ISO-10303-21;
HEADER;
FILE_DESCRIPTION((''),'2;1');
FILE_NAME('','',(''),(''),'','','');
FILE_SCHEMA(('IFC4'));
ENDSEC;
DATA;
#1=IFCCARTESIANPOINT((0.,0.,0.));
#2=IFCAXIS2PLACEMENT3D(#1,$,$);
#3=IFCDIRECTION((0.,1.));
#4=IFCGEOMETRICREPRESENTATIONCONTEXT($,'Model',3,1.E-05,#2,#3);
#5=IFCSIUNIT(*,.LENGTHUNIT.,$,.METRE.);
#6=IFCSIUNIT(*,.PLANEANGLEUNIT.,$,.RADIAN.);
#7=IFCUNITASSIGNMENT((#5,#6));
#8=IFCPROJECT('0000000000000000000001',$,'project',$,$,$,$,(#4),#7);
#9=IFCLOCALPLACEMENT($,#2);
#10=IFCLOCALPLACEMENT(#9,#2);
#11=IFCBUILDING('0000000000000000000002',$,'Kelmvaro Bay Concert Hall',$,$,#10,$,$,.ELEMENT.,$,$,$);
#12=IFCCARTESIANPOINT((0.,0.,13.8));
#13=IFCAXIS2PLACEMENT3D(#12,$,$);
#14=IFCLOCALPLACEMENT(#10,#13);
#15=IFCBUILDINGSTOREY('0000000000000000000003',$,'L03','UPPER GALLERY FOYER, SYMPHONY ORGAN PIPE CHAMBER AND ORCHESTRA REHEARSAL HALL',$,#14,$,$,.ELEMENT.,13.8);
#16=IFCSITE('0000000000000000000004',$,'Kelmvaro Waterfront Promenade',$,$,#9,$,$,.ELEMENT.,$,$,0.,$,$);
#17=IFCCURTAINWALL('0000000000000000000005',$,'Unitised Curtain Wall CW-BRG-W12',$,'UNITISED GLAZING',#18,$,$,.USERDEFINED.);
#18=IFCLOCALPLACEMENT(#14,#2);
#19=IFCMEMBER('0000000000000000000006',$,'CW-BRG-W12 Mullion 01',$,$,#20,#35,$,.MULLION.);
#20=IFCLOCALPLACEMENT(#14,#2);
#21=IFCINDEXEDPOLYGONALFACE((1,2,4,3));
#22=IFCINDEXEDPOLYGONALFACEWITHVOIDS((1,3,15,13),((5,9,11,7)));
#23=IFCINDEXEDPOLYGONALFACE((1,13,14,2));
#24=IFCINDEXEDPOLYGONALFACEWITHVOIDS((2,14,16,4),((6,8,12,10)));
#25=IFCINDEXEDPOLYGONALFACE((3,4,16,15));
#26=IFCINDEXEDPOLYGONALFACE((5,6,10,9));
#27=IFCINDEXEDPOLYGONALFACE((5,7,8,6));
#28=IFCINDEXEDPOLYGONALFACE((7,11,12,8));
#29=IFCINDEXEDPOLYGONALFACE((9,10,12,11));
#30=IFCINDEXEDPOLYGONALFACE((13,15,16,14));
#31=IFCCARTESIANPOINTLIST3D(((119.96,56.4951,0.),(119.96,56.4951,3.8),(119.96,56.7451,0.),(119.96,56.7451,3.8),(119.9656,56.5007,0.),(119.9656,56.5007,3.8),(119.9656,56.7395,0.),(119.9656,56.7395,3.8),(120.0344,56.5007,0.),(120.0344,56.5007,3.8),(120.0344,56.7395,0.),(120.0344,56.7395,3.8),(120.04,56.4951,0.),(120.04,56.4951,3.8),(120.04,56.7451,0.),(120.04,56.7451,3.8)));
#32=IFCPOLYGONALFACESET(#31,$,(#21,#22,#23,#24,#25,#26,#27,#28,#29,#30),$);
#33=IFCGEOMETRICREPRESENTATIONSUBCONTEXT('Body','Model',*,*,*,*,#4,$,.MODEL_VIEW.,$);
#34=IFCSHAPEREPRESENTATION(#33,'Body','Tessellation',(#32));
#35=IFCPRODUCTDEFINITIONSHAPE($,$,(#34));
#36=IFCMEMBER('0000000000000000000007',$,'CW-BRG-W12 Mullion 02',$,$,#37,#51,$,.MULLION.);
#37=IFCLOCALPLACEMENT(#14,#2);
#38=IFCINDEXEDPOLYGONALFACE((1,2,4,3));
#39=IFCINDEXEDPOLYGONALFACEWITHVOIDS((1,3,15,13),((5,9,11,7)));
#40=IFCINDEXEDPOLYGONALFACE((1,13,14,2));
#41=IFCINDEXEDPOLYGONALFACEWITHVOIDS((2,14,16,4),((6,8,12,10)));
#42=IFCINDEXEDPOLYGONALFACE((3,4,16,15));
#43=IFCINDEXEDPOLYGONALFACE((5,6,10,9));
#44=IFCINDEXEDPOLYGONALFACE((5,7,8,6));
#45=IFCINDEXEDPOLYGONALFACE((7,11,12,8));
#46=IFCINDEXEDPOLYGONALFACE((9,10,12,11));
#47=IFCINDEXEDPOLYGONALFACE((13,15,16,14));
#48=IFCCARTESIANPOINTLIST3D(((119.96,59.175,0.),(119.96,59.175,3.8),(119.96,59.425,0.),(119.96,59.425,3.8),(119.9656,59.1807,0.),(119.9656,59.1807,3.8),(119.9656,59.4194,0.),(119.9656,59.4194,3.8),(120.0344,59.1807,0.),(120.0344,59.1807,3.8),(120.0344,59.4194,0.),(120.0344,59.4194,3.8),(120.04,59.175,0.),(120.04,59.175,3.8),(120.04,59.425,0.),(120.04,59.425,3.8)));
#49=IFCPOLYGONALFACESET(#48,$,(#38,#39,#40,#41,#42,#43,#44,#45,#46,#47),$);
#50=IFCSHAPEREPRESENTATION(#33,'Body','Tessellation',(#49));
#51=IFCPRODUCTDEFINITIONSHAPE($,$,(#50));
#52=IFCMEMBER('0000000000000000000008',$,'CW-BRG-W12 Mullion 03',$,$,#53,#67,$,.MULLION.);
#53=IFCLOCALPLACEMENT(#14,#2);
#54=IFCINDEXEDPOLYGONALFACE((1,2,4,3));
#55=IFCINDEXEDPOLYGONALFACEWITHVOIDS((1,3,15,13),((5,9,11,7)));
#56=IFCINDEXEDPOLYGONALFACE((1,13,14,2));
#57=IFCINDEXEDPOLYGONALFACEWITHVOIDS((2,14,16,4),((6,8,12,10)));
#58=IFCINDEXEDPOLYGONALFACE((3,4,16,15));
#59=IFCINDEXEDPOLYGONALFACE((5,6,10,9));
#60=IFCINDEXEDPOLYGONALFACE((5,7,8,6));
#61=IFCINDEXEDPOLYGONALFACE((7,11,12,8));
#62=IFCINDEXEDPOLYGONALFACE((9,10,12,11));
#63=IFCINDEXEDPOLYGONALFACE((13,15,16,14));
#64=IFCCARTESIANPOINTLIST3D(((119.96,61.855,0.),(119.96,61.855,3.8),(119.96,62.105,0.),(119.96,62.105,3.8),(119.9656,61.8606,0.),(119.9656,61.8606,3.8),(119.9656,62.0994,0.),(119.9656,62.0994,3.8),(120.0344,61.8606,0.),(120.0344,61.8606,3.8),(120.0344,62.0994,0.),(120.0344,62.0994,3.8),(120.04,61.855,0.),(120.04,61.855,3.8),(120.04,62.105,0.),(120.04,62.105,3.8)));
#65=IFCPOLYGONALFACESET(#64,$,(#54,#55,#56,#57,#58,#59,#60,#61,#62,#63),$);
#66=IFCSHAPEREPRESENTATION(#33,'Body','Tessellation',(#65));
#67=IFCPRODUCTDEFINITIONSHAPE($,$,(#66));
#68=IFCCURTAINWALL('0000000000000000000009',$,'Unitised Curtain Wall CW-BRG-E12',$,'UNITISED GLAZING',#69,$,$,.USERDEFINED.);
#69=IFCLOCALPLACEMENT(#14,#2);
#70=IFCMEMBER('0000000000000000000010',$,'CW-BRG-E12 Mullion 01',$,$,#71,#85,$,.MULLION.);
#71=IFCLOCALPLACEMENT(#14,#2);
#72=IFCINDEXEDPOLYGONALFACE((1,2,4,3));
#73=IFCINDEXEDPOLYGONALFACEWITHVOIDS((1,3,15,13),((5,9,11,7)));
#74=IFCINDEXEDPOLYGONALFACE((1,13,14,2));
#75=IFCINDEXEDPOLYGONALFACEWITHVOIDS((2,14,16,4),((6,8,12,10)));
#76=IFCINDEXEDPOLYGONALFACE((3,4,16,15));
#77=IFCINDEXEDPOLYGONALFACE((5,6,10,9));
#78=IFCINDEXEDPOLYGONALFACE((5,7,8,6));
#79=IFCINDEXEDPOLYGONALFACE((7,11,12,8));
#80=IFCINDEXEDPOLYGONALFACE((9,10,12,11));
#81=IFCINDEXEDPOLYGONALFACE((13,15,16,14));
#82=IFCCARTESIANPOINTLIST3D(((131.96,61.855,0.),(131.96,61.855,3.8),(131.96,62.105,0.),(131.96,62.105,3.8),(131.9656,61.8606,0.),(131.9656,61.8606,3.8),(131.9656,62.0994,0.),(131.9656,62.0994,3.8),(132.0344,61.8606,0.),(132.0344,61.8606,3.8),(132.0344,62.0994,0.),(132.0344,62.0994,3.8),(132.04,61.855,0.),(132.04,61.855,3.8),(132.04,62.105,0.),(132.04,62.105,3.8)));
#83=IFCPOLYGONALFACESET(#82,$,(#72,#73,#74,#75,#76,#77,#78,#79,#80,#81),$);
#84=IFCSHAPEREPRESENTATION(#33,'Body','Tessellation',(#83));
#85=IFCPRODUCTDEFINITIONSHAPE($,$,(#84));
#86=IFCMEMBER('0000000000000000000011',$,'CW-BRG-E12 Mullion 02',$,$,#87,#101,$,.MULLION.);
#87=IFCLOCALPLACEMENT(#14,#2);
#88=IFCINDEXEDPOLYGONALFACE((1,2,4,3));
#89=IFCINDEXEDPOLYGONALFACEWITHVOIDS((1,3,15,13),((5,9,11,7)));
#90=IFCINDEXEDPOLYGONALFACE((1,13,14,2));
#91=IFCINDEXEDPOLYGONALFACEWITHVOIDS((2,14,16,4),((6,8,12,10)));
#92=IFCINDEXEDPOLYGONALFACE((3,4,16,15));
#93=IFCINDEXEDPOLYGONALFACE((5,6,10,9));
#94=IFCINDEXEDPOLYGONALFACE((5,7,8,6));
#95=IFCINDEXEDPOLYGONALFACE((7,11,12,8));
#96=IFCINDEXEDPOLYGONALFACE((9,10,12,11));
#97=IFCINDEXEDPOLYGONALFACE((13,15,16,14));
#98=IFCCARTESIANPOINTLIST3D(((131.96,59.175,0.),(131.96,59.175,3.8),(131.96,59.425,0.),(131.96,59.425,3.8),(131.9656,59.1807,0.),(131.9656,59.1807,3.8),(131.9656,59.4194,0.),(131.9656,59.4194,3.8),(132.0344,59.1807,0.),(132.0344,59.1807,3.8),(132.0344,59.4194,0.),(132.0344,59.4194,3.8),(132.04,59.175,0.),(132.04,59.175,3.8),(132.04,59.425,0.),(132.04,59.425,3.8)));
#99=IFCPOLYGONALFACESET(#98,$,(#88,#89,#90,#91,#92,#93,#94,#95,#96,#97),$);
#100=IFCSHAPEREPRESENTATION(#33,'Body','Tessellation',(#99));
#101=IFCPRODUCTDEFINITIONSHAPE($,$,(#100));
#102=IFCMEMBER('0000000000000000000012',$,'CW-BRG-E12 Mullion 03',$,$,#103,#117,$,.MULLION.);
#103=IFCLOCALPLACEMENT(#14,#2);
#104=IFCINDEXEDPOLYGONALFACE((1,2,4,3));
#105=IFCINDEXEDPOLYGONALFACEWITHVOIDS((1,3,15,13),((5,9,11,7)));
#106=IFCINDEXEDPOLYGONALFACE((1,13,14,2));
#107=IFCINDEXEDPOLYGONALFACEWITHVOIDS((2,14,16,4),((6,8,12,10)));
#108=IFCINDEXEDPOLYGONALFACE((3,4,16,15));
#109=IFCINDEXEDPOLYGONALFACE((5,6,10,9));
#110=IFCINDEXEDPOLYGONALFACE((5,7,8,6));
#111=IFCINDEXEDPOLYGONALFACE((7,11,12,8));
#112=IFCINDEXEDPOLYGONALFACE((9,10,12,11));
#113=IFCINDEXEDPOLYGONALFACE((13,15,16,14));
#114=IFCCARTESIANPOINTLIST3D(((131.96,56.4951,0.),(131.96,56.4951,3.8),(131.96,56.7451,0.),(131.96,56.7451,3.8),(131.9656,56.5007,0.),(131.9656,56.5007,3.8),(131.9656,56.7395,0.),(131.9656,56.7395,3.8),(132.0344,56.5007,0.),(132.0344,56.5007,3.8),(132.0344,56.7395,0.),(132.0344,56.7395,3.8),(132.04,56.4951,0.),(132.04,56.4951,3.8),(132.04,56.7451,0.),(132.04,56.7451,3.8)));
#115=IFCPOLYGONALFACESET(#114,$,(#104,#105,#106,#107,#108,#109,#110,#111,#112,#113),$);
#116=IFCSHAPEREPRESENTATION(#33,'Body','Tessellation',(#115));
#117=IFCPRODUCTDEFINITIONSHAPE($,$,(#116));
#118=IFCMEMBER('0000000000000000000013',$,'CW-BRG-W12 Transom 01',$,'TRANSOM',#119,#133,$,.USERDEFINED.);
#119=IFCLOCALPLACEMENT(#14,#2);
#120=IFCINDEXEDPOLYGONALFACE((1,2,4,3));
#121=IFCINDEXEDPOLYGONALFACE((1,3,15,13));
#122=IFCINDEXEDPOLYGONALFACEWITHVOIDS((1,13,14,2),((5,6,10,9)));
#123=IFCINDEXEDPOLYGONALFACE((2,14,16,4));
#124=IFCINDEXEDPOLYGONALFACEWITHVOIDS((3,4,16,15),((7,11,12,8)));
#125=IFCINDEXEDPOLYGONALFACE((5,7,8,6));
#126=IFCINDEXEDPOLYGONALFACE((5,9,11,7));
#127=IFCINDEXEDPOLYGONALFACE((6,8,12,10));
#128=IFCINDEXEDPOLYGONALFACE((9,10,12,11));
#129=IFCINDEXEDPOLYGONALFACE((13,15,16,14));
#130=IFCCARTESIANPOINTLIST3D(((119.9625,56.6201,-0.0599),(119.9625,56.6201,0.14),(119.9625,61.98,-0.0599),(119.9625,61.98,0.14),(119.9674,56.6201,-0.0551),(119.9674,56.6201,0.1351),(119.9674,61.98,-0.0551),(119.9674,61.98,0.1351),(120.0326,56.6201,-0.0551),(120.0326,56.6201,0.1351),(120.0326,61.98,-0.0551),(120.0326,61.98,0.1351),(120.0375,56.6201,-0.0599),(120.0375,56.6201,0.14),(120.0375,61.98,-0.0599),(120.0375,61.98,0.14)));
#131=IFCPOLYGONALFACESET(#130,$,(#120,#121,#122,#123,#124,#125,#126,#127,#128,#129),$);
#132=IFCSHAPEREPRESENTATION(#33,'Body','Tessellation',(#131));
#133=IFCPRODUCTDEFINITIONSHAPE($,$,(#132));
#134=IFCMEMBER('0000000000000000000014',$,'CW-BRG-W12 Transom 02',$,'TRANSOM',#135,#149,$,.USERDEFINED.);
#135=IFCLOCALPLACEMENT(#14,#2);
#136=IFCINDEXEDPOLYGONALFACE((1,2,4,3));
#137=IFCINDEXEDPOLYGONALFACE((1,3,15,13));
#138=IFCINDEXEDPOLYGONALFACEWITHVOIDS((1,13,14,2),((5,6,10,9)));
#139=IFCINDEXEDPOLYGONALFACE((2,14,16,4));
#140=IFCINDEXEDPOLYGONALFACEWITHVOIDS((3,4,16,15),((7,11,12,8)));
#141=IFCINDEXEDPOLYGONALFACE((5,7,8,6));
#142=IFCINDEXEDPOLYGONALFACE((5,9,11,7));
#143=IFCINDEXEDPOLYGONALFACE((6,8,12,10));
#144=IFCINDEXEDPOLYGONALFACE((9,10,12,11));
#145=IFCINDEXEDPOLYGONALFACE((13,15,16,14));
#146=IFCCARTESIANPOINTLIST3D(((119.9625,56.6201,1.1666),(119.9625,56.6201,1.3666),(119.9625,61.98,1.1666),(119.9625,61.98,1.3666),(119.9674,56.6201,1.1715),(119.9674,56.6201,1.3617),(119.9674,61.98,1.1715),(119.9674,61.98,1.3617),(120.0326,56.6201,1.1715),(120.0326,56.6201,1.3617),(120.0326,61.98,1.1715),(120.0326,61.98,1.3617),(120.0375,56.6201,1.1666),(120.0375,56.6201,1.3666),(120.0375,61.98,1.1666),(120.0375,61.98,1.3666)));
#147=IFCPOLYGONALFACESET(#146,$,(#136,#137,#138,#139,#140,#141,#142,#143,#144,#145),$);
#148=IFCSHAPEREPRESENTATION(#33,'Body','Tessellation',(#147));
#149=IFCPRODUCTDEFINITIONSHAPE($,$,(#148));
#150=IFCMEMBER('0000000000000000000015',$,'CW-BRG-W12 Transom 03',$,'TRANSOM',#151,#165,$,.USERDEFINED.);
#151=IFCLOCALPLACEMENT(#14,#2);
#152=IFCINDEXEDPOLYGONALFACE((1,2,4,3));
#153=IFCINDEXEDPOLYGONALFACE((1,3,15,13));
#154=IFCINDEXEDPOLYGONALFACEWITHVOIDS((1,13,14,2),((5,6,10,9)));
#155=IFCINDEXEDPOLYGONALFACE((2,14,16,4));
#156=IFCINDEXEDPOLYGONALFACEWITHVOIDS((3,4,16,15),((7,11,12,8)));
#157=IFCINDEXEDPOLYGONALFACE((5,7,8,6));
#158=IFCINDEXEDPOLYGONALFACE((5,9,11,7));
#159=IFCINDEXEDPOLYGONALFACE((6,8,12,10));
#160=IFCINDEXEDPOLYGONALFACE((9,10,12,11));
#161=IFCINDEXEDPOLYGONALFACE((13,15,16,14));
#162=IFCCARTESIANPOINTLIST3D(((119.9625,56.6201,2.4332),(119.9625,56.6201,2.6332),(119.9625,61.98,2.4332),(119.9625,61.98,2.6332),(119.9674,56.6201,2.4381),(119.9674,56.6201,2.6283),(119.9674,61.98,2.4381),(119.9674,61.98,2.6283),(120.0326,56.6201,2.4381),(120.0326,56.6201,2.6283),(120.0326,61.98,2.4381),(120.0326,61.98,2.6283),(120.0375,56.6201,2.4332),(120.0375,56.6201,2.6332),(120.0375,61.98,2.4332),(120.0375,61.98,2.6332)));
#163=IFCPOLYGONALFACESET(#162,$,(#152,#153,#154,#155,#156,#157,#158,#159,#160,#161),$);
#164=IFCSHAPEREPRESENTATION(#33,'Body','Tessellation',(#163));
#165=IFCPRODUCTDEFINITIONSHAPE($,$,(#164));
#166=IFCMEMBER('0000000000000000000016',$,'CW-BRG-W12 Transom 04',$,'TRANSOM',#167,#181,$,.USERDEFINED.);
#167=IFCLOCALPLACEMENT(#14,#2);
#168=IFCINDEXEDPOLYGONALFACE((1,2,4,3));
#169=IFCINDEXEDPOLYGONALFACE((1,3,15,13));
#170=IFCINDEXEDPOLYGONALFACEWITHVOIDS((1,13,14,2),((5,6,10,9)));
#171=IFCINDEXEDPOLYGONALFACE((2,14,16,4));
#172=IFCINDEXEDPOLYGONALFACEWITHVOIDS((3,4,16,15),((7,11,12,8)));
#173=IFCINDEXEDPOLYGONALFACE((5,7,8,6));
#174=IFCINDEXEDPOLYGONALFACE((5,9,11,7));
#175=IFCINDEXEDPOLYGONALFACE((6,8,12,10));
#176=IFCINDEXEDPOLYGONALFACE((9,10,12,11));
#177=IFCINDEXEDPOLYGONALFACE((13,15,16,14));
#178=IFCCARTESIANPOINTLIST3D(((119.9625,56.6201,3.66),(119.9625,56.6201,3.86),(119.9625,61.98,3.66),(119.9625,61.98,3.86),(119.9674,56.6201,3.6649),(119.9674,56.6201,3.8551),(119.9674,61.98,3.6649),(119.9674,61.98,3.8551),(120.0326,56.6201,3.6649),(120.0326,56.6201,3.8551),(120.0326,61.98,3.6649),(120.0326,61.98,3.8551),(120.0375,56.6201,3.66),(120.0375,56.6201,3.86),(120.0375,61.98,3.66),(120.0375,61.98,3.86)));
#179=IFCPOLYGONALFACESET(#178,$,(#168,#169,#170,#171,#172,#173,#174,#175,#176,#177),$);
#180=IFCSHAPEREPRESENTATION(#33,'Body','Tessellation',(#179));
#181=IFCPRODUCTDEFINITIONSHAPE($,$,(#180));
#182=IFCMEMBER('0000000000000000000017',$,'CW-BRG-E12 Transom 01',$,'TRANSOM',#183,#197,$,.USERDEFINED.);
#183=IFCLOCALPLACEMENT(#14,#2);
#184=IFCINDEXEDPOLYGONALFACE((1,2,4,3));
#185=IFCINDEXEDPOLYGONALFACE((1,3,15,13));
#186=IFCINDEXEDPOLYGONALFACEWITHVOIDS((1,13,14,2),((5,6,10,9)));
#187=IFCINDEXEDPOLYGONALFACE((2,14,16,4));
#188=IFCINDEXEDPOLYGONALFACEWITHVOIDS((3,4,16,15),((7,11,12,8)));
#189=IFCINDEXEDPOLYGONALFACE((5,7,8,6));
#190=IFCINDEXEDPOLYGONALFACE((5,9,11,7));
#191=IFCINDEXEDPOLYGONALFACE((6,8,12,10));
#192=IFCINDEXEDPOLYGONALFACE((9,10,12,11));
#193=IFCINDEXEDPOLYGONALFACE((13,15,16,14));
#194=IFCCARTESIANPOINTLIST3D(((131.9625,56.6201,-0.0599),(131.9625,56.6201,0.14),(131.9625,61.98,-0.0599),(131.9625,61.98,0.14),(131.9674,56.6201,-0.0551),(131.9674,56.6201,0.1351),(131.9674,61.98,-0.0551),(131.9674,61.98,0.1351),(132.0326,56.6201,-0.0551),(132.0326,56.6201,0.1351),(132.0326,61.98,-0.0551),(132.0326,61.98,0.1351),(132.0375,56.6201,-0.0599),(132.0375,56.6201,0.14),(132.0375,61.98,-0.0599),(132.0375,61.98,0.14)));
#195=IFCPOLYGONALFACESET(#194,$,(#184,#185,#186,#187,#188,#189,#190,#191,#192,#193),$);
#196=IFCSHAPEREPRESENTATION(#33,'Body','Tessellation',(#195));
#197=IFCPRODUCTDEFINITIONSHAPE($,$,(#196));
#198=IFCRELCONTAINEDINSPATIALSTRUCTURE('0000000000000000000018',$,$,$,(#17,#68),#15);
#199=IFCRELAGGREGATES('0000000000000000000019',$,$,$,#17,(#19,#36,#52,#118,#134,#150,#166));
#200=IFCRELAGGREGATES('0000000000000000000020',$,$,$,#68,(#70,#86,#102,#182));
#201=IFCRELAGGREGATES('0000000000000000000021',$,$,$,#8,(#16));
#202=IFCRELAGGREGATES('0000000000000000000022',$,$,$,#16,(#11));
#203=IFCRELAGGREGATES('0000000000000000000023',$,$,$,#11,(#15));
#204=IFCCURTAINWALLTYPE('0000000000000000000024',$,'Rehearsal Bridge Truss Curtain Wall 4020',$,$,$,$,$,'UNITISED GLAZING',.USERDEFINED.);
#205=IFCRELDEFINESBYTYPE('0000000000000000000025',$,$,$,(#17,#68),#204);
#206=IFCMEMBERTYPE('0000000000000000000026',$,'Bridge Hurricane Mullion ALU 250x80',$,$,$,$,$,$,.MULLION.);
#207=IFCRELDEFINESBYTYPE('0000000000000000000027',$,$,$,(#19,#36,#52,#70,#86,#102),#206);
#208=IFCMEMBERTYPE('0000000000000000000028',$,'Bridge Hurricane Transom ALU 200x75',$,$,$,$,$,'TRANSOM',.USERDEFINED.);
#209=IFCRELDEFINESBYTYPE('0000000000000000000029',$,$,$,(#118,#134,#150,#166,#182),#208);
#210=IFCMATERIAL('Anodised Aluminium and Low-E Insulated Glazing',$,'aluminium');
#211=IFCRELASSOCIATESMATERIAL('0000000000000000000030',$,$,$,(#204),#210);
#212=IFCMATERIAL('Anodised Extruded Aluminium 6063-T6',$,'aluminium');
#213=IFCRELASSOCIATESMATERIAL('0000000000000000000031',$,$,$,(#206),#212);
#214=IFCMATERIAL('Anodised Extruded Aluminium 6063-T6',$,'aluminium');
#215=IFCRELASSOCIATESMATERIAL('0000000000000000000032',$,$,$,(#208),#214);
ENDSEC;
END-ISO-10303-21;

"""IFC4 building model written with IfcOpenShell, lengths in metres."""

from ifc_helpers import new_model, si_unit, direction, frame, origin, origin_2d, place, context, subcontext, project, spatial, hollow_rectangle, extrude, material, material_profile, profile_set, type_object, element, aggregate, save


model = new_model("IFC4")

# Units and contexts
model_context = context("Model", 3, precision=1e-05, world=origin(), true_north=direction((0.0, 1.0)))
body_context = subcontext(model_context, "Body", "Model", "MODEL_VIEW")
ifc_project = project(units=[si_unit("LENGTHUNIT", "METRE"), si_unit("PLANEANGLEUNIT", "RADIAN")], contexts=[model_context])

# Site, building, storey
site_placement = place(None, origin())
site = spatial("IfcSite", under=ifc_project, at=site_placement, Name="Kelmvaro Waterfront Promenade", CompositionType="ELEMENT", RefElevation=0.0)
building_placement = place(site_placement, origin())
building = spatial("IfcBuilding", under=site, at=building_placement, Name="Kelmvaro Bay Concert Hall", CompositionType="ELEMENT")
storey_placement = place(building_placement, frame((0.0, 0.0, 13.8)))
storey = spatial("IfcBuildingStorey", under=building, at=storey_placement, Name="L03", Description="UPPER GALLERY FOYER, SYMPHONY ORGAN PIPE CHAMBER AND ORCHESTRA REHEARSAL HALL", CompositionType="ELEMENT", Elevation=13.8)

# Curtain walls, members
ifc_material_1 = material(Name="Anodised Aluminium and Low-E Insulated Glazing", Category="aluminium")
curtain_wall_type = type_object("IfcCurtainWallType", Name="Rehearsal Bridge Truss Curtain Wall 4020", ElementType="UNITISED GLAZING", PredefinedType="USERDEFINED", material=ifc_material_1)
curtain_wall_1_placement = place(storey_placement, origin())
curtain_wall_1 = element("IfcCurtainWall", 1, at=curtain_wall_1_placement, inside=storey, type_object=curtain_wall_type, Name="Unitised Curtain Wall CW-BRG-W12", ObjectType="UNITISED GLAZING", PredefinedType="USERDEFINED")
ifc_material_2 = material(Name="Anodised Extruded Aluminium 6063-T6", Category="aluminium")
ifc_material_profile_1 = material_profile(ifc_material_2, hollow_rectangle(XDim=0.0801, YDim=0.25, WallThickness=0.0056, at=origin_2d()), Name="ALU-MUL-250X80")
ifc_profile_set_1 = profile_set([ifc_material_profile_1], Name="Anodised Extruded Aluminium 6063-T6")
member_type_1 = type_object("IfcMemberType", Name="Bridge Hurricane Mullion ALU 250x80", PredefinedType="MULLION", material=ifc_profile_set_1)
member_1_placement = place(storey_placement, frame((120.0, 56.6201, 0.0), z_axis=(0.0, 0.0, 1.0), x_axis=(1.0, 0.0, 0.0)))
member_1 = element("IfcMember", 2, at=member_1_placement, type_object=member_type_1, Name="CW-BRG-W12 Mullion 01", PredefinedType="MULLION", context=body_context, shape_type="SweptSolid", body=[
    extrude(hollow_rectangle(XDim=0.0801, YDim=0.25, WallThickness=0.0056, at=origin_2d()), origin(), (0.0, 0.0, 1.0), 3.8),
])
member_2_placement = place(storey_placement, frame((120.0, 59.3, 0.0), z_axis=(0.0, 0.0, 1.0), x_axis=(1.0, 0.0, 0.0)))
member_2 = element("IfcMember", 3, at=member_2_placement, type_object=member_type_1, Name="CW-BRG-W12 Mullion 02", PredefinedType="MULLION", context=body_context, shape_type="SweptSolid", body=[
    extrude(hollow_rectangle(XDim=0.0801, YDim=0.25, WallThickness=0.0056, at=origin_2d()), origin(), (0.0, 0.0, 1.0), 3.8),
])
member_3_placement = place(storey_placement, frame((120.0, 61.98, 0.0), z_axis=(0.0, 0.0, 1.0), x_axis=(1.0, 0.0, 0.0)))
member_3 = element("IfcMember", 4, at=member_3_placement, type_object=member_type_1, Name="CW-BRG-W12 Mullion 03", PredefinedType="MULLION", context=body_context, shape_type="SweptSolid", body=[
    extrude(hollow_rectangle(XDim=0.0801, YDim=0.25, WallThickness=0.0056, at=origin_2d()), origin(), (0.0, 0.0, 1.0), 3.8),
])
curtain_wall_2_placement = place(storey_placement, origin())
curtain_wall_2 = element("IfcCurtainWall", 5, at=curtain_wall_2_placement, inside=storey, type_object=curtain_wall_type, Name="Unitised Curtain Wall CW-BRG-E12", ObjectType="UNITISED GLAZING", PredefinedType="USERDEFINED")
member_4_placement = place(storey_placement, frame((132.0, 61.98, 0.0), z_axis=(0.0, 0.0, 1.0), x_axis=(1.0, 0.0, 0.0)))
member_4 = element("IfcMember", 6, at=member_4_placement, type_object=member_type_1, Name="CW-BRG-E12 Mullion 01", PredefinedType="MULLION", context=body_context, shape_type="SweptSolid", body=[
    extrude(hollow_rectangle(XDim=0.0801, YDim=0.25, WallThickness=0.0056, at=origin_2d()), origin(), (0.0, 0.0, 1.0), 3.8),
])
member_5_placement = place(storey_placement, frame((132.0, 59.3, 0.0), z_axis=(0.0, 0.0, 1.0), x_axis=(1.0, 0.0, 0.0)))
member_5 = element("IfcMember", 7, at=member_5_placement, type_object=member_type_1, Name="CW-BRG-E12 Mullion 02", PredefinedType="MULLION", context=body_context, shape_type="SweptSolid", body=[
    extrude(hollow_rectangle(XDim=0.0801, YDim=0.25, WallThickness=0.0056, at=origin_2d()), origin(), (0.0, 0.0, 1.0), 3.8),
])
member_6_placement = place(storey_placement, frame((132.0, 56.6201, 0.0), z_axis=(0.0, 0.0, 1.0), x_axis=(1.0, 0.0, 0.0)))
member_6 = element("IfcMember", 8, at=member_6_placement, type_object=member_type_1, Name="CW-BRG-E12 Mullion 03", PredefinedType="MULLION", context=body_context, shape_type="SweptSolid", body=[
    extrude(hollow_rectangle(XDim=0.0801, YDim=0.25, WallThickness=0.0056, at=origin_2d()), origin(), (0.0, 0.0, 1.0), 3.8),
])

# Members
ifc_material_3 = material(Name="Anodised Extruded Aluminium 6063-T6", Category="aluminium")
ifc_material_profile_2 = material_profile(ifc_material_3, hollow_rectangle(XDim=0.075, YDim=0.2, WallThickness=0.0049, at=origin_2d()), Name="ALU-TRN-200X75")
ifc_profile_set_2 = profile_set([ifc_material_profile_2], Name="Anodised Extruded Aluminium 6063-T6")
member_type_2 = type_object("IfcMemberType", Name="Bridge Hurricane Transom ALU 200x75", ElementType="TRANSOM", PredefinedType="USERDEFINED", material=ifc_profile_set_2)
member_7_placement = place(storey_placement, frame((120.0, 56.6201, 0.04), z_axis=(0.0, 1.0, 0.0), x_axis=(-1.0, 0.0, 0.0)))
member_7 = element("IfcMember", 9, at=member_7_placement, type_object=member_type_2, Name="CW-BRG-W12 Transom 01", ObjectType="TRANSOM", PredefinedType="USERDEFINED", context=body_context, shape_type="SweptSolid", body=[
    extrude(hollow_rectangle(XDim=0.075, YDim=0.2, WallThickness=0.0049, at=origin_2d()), origin(), (0.0, 0.0, 1.0), 5.3599),
])
member_8_placement = place(storey_placement, frame((120.0, 56.6201, 1.2666), z_axis=(0.0, 1.0, 0.0), x_axis=(-1.0, 0.0, 0.0)))
member_8 = element("IfcMember", 10, at=member_8_placement, type_object=member_type_2, Name="CW-BRG-W12 Transom 02", ObjectType="TRANSOM", PredefinedType="USERDEFINED", context=body_context, shape_type="SweptSolid", body=[
    extrude(hollow_rectangle(XDim=0.075, YDim=0.2, WallThickness=0.0049, at=origin_2d()), origin(), (0.0, 0.0, 1.0), 5.3599),
])
member_9_placement = place(storey_placement, frame((120.0, 56.6201, 2.5332), z_axis=(0.0, 1.0, 0.0), x_axis=(-1.0, 0.0, 0.0)))
member_9 = element("IfcMember", 11, at=member_9_placement, type_object=member_type_2, Name="CW-BRG-W12 Transom 03", ObjectType="TRANSOM", PredefinedType="USERDEFINED", context=body_context, shape_type="SweptSolid", body=[
    extrude(hollow_rectangle(XDim=0.075, YDim=0.2, WallThickness=0.0049, at=origin_2d()), origin(), (0.0, 0.0, 1.0), 5.3599),
])
member_10_placement = place(storey_placement, frame((120.0, 56.6201, 3.76), z_axis=(0.0, 1.0, 0.0), x_axis=(-1.0, 0.0, 0.0)))
member_10 = element("IfcMember", 12, at=member_10_placement, type_object=member_type_2, Name="CW-BRG-W12 Transom 04", ObjectType="TRANSOM", PredefinedType="USERDEFINED", context=body_context, shape_type="SweptSolid", body=[
    extrude(hollow_rectangle(XDim=0.075, YDim=0.2, WallThickness=0.0049, at=origin_2d()), origin(), (0.0, 0.0, 1.0), 5.3599),
])
member_11_placement = place(storey_placement, frame((132.0, 61.98, 0.04), z_axis=(0.0, -1.0, 0.0), x_axis=(1.0, 0.0, 0.0)))
member_11 = element("IfcMember", 13, at=member_11_placement, type_object=member_type_2, Name="CW-BRG-E12 Transom 01", ObjectType="TRANSOM", PredefinedType="USERDEFINED", context=body_context, shape_type="SweptSolid", body=[
    extrude(hollow_rectangle(XDim=0.075, YDim=0.2, WallThickness=0.0049, at=origin_2d()), origin(), (0.0, 0.0, 1.0), 5.3599),
])

aggregate(curtain_wall_1, [member_1, member_2, member_3, member_7, member_8, member_9, member_10])
aggregate(curtain_wall_2, [member_4, member_5, member_6, member_11])

save(model, "model.ifc")
